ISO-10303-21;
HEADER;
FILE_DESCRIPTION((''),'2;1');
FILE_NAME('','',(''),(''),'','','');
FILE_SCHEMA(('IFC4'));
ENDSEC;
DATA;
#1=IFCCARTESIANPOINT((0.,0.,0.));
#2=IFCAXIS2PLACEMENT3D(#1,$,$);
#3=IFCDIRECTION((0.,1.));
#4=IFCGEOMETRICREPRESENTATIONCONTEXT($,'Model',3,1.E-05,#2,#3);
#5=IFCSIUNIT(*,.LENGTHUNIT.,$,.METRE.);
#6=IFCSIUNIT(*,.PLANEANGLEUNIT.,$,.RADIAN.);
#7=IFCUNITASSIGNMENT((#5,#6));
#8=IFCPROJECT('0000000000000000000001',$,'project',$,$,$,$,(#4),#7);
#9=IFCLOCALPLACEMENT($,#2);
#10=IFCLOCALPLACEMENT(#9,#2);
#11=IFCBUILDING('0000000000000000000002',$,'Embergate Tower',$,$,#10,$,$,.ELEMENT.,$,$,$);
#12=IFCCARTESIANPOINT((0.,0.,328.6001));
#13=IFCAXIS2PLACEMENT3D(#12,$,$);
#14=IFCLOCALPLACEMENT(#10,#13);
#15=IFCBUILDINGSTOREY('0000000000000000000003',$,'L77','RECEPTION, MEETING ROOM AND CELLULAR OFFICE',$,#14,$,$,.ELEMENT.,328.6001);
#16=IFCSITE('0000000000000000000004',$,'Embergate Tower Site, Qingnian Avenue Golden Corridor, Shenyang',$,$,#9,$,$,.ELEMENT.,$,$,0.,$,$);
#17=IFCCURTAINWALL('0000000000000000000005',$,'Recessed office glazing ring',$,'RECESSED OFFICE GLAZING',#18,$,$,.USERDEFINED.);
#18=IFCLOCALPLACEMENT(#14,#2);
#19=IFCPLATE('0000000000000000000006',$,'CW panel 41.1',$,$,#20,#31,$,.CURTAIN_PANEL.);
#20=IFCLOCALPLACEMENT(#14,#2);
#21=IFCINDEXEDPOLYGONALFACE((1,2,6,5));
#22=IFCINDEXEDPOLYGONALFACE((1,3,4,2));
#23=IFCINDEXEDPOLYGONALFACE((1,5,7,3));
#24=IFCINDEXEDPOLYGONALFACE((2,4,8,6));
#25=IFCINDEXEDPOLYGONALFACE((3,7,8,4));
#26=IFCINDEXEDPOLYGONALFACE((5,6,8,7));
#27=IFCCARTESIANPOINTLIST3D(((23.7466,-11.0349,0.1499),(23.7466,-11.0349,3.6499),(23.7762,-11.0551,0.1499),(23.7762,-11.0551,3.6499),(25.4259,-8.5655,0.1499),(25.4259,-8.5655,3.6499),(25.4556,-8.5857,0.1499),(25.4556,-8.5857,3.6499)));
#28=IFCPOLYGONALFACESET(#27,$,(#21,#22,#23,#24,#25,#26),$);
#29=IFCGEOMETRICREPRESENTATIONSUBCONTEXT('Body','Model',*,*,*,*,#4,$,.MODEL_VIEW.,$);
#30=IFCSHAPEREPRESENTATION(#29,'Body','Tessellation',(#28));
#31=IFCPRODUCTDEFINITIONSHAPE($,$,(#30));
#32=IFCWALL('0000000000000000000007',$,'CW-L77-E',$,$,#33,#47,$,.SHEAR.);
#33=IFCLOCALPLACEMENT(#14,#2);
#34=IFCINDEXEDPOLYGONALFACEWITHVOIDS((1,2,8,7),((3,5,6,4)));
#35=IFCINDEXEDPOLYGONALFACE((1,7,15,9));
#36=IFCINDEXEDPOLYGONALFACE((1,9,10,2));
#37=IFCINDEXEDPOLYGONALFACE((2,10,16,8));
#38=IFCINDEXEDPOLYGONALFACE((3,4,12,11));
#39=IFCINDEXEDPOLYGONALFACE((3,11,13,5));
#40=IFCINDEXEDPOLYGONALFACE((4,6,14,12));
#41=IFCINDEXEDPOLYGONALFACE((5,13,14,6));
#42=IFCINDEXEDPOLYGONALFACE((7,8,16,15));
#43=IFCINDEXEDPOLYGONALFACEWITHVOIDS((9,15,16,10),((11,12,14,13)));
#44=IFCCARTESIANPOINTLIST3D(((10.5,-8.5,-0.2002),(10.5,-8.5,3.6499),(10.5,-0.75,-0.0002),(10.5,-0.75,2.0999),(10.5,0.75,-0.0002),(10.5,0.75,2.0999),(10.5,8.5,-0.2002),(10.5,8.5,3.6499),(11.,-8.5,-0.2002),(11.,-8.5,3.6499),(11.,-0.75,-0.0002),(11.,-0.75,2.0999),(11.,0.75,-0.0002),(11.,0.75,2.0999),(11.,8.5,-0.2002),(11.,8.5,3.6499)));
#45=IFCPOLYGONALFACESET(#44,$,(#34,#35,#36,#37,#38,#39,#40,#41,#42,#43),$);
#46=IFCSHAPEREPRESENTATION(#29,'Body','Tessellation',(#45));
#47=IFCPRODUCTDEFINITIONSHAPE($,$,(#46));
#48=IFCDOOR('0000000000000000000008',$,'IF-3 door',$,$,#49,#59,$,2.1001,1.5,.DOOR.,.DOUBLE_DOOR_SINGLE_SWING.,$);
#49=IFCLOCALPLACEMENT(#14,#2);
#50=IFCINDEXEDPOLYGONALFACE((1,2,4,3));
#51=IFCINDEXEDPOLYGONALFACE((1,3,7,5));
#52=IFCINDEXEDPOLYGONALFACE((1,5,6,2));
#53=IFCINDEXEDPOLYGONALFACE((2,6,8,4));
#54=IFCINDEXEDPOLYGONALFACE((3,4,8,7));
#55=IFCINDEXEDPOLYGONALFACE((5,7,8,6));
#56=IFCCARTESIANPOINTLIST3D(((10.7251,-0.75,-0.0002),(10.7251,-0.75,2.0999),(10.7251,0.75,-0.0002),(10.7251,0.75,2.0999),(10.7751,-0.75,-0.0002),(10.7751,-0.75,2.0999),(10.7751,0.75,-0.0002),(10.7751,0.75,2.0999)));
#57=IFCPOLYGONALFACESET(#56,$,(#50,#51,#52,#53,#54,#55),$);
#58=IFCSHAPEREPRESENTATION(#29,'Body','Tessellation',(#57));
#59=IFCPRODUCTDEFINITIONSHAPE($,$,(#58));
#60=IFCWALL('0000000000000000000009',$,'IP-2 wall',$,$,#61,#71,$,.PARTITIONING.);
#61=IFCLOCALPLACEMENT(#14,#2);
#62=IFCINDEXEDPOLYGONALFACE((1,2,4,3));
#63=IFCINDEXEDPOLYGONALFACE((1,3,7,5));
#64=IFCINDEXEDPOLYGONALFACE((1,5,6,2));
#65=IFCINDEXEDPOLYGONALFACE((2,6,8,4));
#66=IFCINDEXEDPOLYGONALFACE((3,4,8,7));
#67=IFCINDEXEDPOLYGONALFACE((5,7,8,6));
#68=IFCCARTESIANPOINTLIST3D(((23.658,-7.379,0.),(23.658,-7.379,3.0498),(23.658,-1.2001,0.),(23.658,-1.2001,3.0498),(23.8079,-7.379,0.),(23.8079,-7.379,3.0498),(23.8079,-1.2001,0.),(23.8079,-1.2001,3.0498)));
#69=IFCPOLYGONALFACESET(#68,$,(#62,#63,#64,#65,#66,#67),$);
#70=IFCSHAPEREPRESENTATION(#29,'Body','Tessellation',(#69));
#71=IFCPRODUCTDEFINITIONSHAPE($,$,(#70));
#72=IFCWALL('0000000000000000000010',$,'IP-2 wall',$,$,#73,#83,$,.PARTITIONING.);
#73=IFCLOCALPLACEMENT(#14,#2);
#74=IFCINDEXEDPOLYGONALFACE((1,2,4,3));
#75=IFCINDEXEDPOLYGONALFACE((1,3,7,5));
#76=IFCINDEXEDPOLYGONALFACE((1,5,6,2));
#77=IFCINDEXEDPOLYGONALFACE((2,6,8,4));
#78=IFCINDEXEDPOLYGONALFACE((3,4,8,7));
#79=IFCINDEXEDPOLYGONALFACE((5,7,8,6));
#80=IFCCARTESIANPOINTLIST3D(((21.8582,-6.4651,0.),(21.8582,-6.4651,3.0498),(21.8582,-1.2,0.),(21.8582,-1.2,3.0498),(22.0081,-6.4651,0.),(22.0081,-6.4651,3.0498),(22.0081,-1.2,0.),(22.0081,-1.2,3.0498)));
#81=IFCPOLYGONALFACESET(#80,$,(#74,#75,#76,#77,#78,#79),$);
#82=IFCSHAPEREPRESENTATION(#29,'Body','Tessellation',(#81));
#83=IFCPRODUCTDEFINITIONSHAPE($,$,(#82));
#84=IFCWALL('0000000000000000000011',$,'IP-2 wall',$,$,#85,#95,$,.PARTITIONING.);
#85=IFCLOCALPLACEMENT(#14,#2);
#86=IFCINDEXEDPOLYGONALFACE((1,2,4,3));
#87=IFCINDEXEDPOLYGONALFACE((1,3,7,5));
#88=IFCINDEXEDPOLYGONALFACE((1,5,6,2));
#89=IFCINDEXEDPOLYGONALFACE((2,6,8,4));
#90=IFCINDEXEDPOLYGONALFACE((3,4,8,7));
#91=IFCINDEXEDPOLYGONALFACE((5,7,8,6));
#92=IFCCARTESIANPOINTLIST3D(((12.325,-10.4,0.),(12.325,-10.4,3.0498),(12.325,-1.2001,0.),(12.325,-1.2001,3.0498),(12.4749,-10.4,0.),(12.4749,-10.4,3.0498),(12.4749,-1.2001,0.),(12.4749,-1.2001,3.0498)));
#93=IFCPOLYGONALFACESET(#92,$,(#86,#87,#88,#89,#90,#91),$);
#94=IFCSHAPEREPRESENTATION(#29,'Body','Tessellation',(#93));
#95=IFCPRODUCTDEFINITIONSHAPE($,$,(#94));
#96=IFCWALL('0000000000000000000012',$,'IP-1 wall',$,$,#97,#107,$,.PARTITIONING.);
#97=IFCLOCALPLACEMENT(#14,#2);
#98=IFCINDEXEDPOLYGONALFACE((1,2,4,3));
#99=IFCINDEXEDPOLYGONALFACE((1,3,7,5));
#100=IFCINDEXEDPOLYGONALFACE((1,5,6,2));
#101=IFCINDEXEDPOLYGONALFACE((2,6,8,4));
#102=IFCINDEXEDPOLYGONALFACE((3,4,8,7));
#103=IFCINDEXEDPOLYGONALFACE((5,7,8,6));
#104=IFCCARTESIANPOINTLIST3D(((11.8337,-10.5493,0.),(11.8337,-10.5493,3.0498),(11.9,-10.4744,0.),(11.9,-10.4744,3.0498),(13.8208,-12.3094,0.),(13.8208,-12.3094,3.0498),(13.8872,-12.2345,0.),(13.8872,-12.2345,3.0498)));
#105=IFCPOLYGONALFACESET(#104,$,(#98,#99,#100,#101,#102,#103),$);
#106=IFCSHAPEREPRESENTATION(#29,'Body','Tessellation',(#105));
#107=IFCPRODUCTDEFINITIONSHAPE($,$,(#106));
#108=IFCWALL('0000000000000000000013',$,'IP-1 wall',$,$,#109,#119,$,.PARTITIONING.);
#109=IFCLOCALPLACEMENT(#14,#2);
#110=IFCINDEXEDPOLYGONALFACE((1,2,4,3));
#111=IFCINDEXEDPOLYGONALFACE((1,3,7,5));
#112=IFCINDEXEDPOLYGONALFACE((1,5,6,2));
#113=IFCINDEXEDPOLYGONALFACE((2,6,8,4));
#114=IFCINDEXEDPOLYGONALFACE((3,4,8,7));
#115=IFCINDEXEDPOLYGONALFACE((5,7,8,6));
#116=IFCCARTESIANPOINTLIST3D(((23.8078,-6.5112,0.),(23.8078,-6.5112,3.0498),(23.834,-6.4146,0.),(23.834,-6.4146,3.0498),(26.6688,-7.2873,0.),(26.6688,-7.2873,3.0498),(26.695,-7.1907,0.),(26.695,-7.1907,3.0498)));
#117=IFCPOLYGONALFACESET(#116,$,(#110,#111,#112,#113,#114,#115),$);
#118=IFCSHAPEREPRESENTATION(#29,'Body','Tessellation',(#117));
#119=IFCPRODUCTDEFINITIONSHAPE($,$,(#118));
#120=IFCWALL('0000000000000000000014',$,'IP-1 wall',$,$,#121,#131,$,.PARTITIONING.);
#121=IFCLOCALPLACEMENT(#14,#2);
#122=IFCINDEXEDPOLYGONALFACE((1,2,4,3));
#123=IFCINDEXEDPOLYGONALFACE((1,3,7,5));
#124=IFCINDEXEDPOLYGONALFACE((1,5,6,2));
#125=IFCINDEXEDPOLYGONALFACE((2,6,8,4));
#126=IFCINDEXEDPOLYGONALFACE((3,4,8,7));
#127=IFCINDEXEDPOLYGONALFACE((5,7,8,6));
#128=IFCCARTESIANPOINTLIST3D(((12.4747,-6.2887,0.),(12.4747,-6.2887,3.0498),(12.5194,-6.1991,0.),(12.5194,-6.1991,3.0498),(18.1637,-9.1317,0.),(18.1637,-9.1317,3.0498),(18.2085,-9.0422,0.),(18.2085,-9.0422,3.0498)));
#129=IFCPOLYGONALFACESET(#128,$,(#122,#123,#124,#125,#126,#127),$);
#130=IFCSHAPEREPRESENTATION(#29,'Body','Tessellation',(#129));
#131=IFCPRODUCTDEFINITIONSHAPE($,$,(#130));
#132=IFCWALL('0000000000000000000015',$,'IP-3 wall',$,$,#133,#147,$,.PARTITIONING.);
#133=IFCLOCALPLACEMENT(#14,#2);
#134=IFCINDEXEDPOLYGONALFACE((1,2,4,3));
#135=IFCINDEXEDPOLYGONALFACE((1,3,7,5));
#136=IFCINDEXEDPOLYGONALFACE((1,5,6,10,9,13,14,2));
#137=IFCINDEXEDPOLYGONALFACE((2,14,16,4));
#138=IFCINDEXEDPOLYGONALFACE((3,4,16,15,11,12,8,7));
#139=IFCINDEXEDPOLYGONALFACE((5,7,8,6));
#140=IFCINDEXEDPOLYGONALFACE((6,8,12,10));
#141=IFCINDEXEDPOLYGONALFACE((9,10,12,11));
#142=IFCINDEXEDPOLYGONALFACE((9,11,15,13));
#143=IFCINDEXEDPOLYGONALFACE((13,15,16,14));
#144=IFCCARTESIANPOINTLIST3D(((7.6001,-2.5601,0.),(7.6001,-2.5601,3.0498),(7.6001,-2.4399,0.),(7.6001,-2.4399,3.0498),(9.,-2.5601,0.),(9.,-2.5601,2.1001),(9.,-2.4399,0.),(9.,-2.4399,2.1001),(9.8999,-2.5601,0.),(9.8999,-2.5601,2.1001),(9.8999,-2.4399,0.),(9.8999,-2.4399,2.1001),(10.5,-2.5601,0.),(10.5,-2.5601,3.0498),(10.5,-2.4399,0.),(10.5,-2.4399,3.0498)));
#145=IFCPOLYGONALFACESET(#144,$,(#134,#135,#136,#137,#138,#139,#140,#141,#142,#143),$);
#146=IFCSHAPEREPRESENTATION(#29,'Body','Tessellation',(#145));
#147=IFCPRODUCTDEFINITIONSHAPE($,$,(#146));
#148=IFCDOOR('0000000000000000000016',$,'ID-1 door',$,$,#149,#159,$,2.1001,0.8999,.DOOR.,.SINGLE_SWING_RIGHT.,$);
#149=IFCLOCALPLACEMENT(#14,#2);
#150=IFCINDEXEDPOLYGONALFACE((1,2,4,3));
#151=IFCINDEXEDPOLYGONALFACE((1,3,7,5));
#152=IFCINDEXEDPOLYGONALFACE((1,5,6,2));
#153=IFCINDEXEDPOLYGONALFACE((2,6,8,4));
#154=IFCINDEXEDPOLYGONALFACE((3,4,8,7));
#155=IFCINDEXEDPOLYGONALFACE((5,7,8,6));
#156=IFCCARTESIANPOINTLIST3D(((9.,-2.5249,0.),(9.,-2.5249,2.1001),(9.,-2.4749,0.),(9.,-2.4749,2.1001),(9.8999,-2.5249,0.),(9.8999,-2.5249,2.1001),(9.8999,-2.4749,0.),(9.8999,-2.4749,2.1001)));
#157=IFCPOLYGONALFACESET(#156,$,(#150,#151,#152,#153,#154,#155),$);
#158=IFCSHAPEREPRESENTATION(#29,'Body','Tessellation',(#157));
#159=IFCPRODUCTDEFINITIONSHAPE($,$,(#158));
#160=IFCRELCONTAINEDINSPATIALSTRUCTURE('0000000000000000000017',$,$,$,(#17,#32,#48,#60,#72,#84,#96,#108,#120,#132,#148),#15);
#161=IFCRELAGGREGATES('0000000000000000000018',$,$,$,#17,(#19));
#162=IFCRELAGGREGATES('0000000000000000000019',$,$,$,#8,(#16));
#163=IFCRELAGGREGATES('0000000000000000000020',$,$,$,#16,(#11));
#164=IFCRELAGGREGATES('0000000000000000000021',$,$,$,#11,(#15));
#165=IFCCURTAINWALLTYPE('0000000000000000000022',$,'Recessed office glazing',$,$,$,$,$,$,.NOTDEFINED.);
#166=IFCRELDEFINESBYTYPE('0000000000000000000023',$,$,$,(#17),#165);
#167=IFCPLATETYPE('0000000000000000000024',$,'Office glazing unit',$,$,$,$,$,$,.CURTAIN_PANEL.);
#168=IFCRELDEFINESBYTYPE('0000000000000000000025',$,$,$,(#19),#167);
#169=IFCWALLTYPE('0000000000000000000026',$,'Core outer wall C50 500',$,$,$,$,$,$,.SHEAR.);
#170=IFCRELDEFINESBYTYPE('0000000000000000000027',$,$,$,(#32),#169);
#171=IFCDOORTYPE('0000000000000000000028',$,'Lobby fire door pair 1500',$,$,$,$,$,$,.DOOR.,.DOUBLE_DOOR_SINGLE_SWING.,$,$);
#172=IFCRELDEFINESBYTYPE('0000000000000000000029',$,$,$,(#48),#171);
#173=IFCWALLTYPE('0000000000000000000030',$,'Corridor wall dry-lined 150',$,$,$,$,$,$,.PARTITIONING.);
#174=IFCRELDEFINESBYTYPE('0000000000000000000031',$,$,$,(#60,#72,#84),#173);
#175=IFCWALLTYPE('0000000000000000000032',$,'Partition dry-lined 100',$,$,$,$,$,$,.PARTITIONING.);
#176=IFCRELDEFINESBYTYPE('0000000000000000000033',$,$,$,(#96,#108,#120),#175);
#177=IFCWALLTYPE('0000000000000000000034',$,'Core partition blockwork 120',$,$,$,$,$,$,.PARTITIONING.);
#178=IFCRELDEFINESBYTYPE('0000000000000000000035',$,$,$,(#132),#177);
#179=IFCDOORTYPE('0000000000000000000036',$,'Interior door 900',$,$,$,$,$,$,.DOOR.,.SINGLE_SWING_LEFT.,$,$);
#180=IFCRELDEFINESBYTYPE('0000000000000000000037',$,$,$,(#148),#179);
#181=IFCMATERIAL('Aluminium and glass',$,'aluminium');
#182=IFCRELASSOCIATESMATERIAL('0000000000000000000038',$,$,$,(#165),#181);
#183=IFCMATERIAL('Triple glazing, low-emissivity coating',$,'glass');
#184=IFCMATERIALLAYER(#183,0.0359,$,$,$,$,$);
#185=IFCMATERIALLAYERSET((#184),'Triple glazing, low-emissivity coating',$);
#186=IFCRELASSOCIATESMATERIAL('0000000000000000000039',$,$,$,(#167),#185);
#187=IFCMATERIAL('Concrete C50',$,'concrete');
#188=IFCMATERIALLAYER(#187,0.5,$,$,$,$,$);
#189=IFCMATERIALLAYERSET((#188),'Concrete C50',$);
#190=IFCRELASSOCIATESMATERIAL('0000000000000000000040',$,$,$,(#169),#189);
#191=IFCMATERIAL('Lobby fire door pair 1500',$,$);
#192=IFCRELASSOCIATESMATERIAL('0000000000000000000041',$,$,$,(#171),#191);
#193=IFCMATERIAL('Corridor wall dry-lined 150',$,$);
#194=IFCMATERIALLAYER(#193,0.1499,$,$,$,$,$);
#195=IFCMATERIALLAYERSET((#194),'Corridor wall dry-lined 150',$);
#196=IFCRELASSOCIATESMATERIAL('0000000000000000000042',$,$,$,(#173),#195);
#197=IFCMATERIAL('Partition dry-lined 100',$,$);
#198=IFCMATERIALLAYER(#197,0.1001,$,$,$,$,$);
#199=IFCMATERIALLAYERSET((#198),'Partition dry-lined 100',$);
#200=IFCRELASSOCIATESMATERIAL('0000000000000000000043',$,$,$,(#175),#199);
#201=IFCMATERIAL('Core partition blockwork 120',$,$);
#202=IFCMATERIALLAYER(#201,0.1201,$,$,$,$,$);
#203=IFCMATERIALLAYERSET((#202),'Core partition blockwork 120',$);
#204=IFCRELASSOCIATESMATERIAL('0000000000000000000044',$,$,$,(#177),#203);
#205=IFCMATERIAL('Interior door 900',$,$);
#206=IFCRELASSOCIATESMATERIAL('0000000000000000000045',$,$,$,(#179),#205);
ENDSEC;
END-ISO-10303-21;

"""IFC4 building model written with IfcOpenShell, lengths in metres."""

from ifc_helpers import new_model, si_unit, direction, frame, frame_2d, origin, origin_2d, place, context, subcontext, project, spatial, rectangle, extrude, source, transform, mapped, material, layer, layer_set, type_object, element, fill, aggregate, save


model = new_model("IFC4")

# Units and contexts
model_context = context("Model", 3, precision=1e-05, world=origin(), true_north=direction((0.0, 1.0)))
body_context = subcontext(model_context, "Body", "Model", "MODEL_VIEW")
ifc_project = project(units=[si_unit("LENGTHUNIT", "METRE"), si_unit("PLANEANGLEUNIT", "RADIAN")], contexts=[model_context])

# Site, building, storey
site_placement = place(None, origin())
site = spatial("IfcSite", under=ifc_project, at=site_placement, Name="Embergate Tower Site, Qingnian Avenue Golden Corridor, Shenyang", CompositionType="ELEMENT", RefElevation=0.0)
building_placement = place(site_placement, origin())
building = spatial("IfcBuilding", under=site, at=building_placement, Name="Embergate Tower", CompositionType="ELEMENT")
storey_placement = place(building_placement, frame((0.0, 0.0, 328.6001)))
storey = spatial("IfcBuildingStorey", under=building, at=storey_placement, Name="L77", Description="RECEPTION, MEETING ROOM AND CELLULAR OFFICE", CompositionType="ELEMENT", Elevation=328.6001)

# Shared definitions
ifc_material_1 = material(Name="Concrete C50", Category="concrete")

# Curtain wall, plate
ifc_material_2 = material(Name="Aluminium and glass", Category="aluminium")
curtain_wall_type = type_object("IfcCurtainWallType", Name="Recessed office glazing", PredefinedType="NOTDEFINED", material=ifc_material_2)
curtain_wall_placement = place(storey_placement, origin())
curtain_wall = element("IfcCurtainWall", 1, at=curtain_wall_placement, inside=storey, type_object=curtain_wall_type, Name="Recessed office glazing ring", ObjectType="RECESSED OFFICE GLAZING", PredefinedType="USERDEFINED")
ifc_material_3 = material(Name="Triple glazing, low-emissivity coating", Category="glass")
ifc_layer_1 = layer(ifc_material_3, 0.0359)
ifc_layer_set_1 = layer_set([ifc_layer_1], Name="Triple glazing, low-emissivity coating")
plate_type = type_object("IfcPlateType", Name="Office glazing unit", PredefinedType="CURTAIN_PANEL", material=ifc_layer_set_1)
shared_shape_1 = source(origin(), body_context, "Body", "SweptSolid", [
    extrude(rectangle(XDim=2.9863, YDim=0.0359, at=origin_2d()), origin(), (0.0, 0.0, 1.0), 3.5),
])
plate_1_placement = place(storey_placement, frame((24.6011, -9.8103, 0.1499), z_axis=(0.0, 0.0, 1.0), x_axis=(0.562348, 0.826901, 0.0)))
plate_1 = element("IfcPlate", 2, at=plate_1_placement, type_object=plate_type, Name="CW panel 41.1", PredefinedType="CURTAIN_PANEL", context=body_context, shape_type="MappedRepresentation", body=[
    mapped(shared_shape_1, transform((0.0, 0.0, 0.0))),
])
aggregate(curtain_wall, [plate_1])

# Wall, opening, door
ifc_layer_2 = layer(ifc_material_1, 0.5)
ifc_layer_set_2 = layer_set([ifc_layer_2], Name="Concrete C50")
wall_type_1 = type_object("IfcWallType", Name="Core outer wall C50 500", PredefinedType="SHEAR", material=ifc_layer_set_2)
shared_shape_2 = source(origin(), body_context, "Body", "SweptSolid", [
    extrude(rectangle(XDim=17.0, YDim=0.5, at=frame_2d((8.5, 0.0))), origin(), (0.0, 0.0, 1.0), 3.8501),
])
wall_1_placement = place(storey_placement, frame((10.75, -8.5, -0.2002), z_axis=(0.0, 0.0, 1.0), x_axis=(0.0, 1.0, 0.0)))
wall_1 = element("IfcWall", 3, at=wall_1_placement, inside=storey, type_object=wall_type_1, Name="CW-L77-E", PredefinedType="SHEAR", context=body_context, shape_type="MappedRepresentation", body=[
    mapped(shared_shape_2, transform((0.0, 0.0, 0.0))),
])
shared_shape_3 = source(origin(), body_context, "Body", "SweptSolid", [
    extrude(rectangle(XDim=1.5, YDim=2.1001, at=frame_2d((0.75, 1.05))), frame((0.0, 0.26, 0.0), z_axis=(0.0, -1.0, 0.0), x_axis=(1.0, 0.0, 0.0)), (0.0, 0.0, 1.0), 0.52),
])
opening_1_placement = place(wall_1_placement, frame((7.75, 0.0, 0.2)))
opening_1 = element("IfcOpeningElement", 4, at=opening_1_placement, cuts=wall_1, PredefinedType="OPENING", context=body_context, shape_type="MappedRepresentation", body=[
    mapped(shared_shape_3, transform((0.0, 0.0, 0.0))),
])
ifc_material_4 = material(Name="Lobby fire door pair 1500")
door_type_1 = type_object("IfcDoorType", Name="Lobby fire door pair 1500", OperationType="DOUBLE_DOOR_SINGLE_SWING", PredefinedType="DOOR", material=ifc_material_4)
shared_shape_4 = source(origin(), body_context, "Body", "SweptSolid", [
    extrude(rectangle(XDim=1.5, YDim=2.1001, at=frame_2d((0.75, 1.05))), frame((0.0, 0.0249, 0.0), z_axis=(0.0, -1.0, 0.0), x_axis=(1.0, 0.0, 0.0)), (0.0, 0.0, 1.0), 0.05),
])
door_1_placement = place(opening_1_placement, origin())
door_1 = element("IfcDoor", 5, at=door_1_placement, inside=storey, type_object=door_type_1, Name="IF-3 door", OperationType="DOUBLE_DOOR_SINGLE_SWING", OverallHeight=2.1001, OverallWidth=1.5, PredefinedType="DOOR", context=body_context, shape_type="MappedRepresentation", body=[
    mapped(shared_shape_4, transform((0.0, 0.0, 0.0))),
])
fill(opening_1, door_1)

# Walls
ifc_material_5 = material(Name="Corridor wall dry-lined 150")
ifc_layer_3 = layer(ifc_material_5, 0.1499)
ifc_layer_set_3 = layer_set([ifc_layer_3], Name="Corridor wall dry-lined 150")
wall_type_2 = type_object("IfcWallType", Name="Corridor wall dry-lined 150", PredefinedType="PARTITIONING", material=ifc_layer_set_3)
shared_shape_5 = source(origin(), body_context, "Body", "SweptSolid", [
    extrude(rectangle(XDim=6.179, YDim=0.1499, at=frame_2d((3.0894, 0.0))), origin(), (0.0, 0.0, 1.0), 3.0498),
])
wall_2_placement = place(storey_placement, frame((23.7329, -7.3789, 0.0), z_axis=(0.0, 0.0, 1.0), x_axis=(0.0, 1.0, 0.0)))
element("IfcWall", 6, at=wall_2_placement, inside=storey, type_object=wall_type_2, Name="IP-2 wall", PredefinedType="PARTITIONING", context=body_context, shape_type="MappedRepresentation", body=[
    mapped(shared_shape_5, transform((0.0, 0.0, 0.0))),
])
shared_shape_6 = source(origin(), body_context, "Body", "SweptSolid", [
    extrude(rectangle(XDim=5.2651, YDim=0.1499, at=frame_2d((2.6326, 0.0))), origin(), (0.0, 0.0, 1.0), 3.0498),
])
wall_3_placement = place(storey_placement, frame((21.9331, -6.4651, 0.0), z_axis=(0.0, 0.0, 1.0), x_axis=(0.0, 1.0, 0.0)))
element("IfcWall", 7, at=wall_3_placement, inside=storey, type_object=wall_type_2, Name="IP-2 wall", PredefinedType="PARTITIONING", context=body_context, shape_type="MappedRepresentation", body=[
    mapped(shared_shape_6, transform((0.0, 0.0, 0.0))),
])
shared_shape_7 = source(origin(), body_context, "Body", "SweptSolid", [
    extrude(rectangle(XDim=9.2, YDim=0.1499, at=frame_2d((4.6001, 0.0))), origin(), (0.0, 0.0, 1.0), 3.0498),
])
wall_4_placement = place(storey_placement, frame((12.3999, -1.2, 0.0), z_axis=(0.0, 0.0, 1.0), x_axis=(0.0, -1.0, 0.0)))
element("IfcWall", 8, at=wall_4_placement, inside=storey, type_object=wall_type_2, Name="IP-2 wall", PredefinedType="PARTITIONING", context=body_context, shape_type="MappedRepresentation", body=[
    mapped(shared_shape_7, transform((0.0, 0.0, 0.0))),
])
ifc_material_6 = material(Name="Partition dry-lined 100")
ifc_layer_4 = layer(ifc_material_6, 0.1001)
ifc_layer_set_4 = layer_set([ifc_layer_4], Name="Partition dry-lined 100")
wall_type_3 = type_object("IfcWallType", Name="Partition dry-lined 100", PredefinedType="PARTITIONING", material=ifc_layer_set_4)
shared_shape_8 = source(origin(), body_context, "Body", "SweptSolid", [
    extrude(rectangle(XDim=2.6545, YDim=0.1001, at=frame_2d((1.3271, 0.0))), origin(), (0.0, 0.0, 1.0), 3.0498),
])
wall_5_placement = place(storey_placement, frame((11.8669, -10.512, 0.0), z_axis=(0.0, 0.0, 1.0), x_axis=(0.74858, -0.663044, 0.0)))
element("IfcWall", 9, at=wall_5_placement, inside=storey, type_object=wall_type_3, Name="IP-1 wall", PredefinedType="PARTITIONING", context=body_context, shape_type="MappedRepresentation", body=[
    mapped(shared_shape_8, transform((0.0, 0.0, 0.0))),
])
shared_shape_9 = source(origin(), body_context, "Body", "SweptSolid", [
    extrude(rectangle(XDim=2.9644, YDim=0.1001, at=frame_2d((1.4822, 0.0))), origin(), (0.0, 0.0, 1.0), 3.0498),
])
wall_6_placement = place(storey_placement, frame((26.6819, -7.239, 0.0), z_axis=(0.0, 0.0, 1.0), x_axis=(-0.965115, 0.261828, 0.0)))
element("IfcWall", 10, at=wall_6_placement, inside=storey, type_object=wall_type_3, Name="IP-1 wall", PredefinedType="PARTITIONING", context=body_context, shape_type="MappedRepresentation", body=[
    mapped(shared_shape_9, transform((0.0, 0.0, 0.0))),
])
shared_shape_10 = source(origin(), body_context, "Body", "SweptSolid", [
    extrude(rectangle(XDim=6.3599, YDim=0.1001, at=frame_2d((3.1799, 0.0))), origin(), (0.0, 0.0, 1.0), 3.0498),
])
wall_7_placement = place(storey_placement, frame((12.4971, -6.2439, 0.0), z_axis=(0.0, 0.0, 1.0), x_axis=(0.894519, -0.447029, 0.0)))
element("IfcWall", 11, at=wall_7_placement, inside=storey, type_object=wall_type_3, Name="IP-1 wall", PredefinedType="PARTITIONING", context=body_context, shape_type="MappedRepresentation", body=[
    mapped(shared_shape_10, transform((0.0, 0.0, 0.0))),
])

# Wall, opening, door
ifc_material_7 = material(Name="Core partition blockwork 120")
ifc_layer_5 = layer(ifc_material_7, 0.1201)
ifc_layer_set_5 = layer_set([ifc_layer_5], Name="Core partition blockwork 120")
wall_type_4 = type_object("IfcWallType", Name="Core partition blockwork 120", PredefinedType="PARTITIONING", material=ifc_layer_set_5)
shared_shape_11 = source(origin(), body_context, "Body", "SweptSolid", [
    extrude(rectangle(XDim=2.8999, YDim=0.1201, at=frame_2d((1.45, 0.0))), origin(), (0.0, 0.0, 1.0), 3.0498),
])
wall_8_placement = place(storey_placement, frame((10.5, -2.5, 0.0), z_axis=(0.0, 0.0, 1.0), x_axis=(-1.0, 0.0, 0.0)))
wall_8 = element("IfcWall", 12, at=wall_8_placement, inside=storey, type_object=wall_type_4, Name="IP-3 wall", PredefinedType="PARTITIONING", context=body_context, shape_type="MappedRepresentation", body=[
    mapped(shared_shape_11, transform((0.0, 0.0, 0.0))),
])
shared_shape_12 = source(origin(), body_context, "Body", "SweptSolid", [
    extrude(rectangle(XDim=0.8999, YDim=2.1001, at=frame_2d((0.45, 1.05))), frame((0.0, 0.0701, 0.0), z_axis=(0.0, -1.0, 0.0), x_axis=(1.0, 0.0, 0.0)), (0.0, 0.0, 1.0), 0.1401),
])
opening_2_placement = place(wall_8_placement, frame((0.6001, 0.0, 0.0)))
opening_2 = element("IfcOpeningElement", 13, at=opening_2_placement, cuts=wall_8, PredefinedType="OPENING", context=body_context, shape_type="MappedRepresentation", body=[
    mapped(shared_shape_12, transform((0.0, 0.0, 0.0))),
])
ifc_material_8 = material(Name="Interior door 900")
door_type_2 = type_object("IfcDoorType", Name="Interior door 900", OperationType="SINGLE_SWING_LEFT", PredefinedType="DOOR", material=ifc_material_8)
shared_shape_13 = source(origin(), body_context, "Body", "SweptSolid", [
    extrude(rectangle(XDim=0.8999, YDim=2.1001, at=frame_2d((0.45, 1.05))), frame((0.0, 0.0249, 0.0), z_axis=(0.0, -1.0, 0.0), x_axis=(1.0, 0.0, 0.0)), (0.0, 0.0, 1.0), 0.05),
])
door_2_placement = place(opening_2_placement, origin())
door_2 = element("IfcDoor", 14, at=door_2_placement, inside=storey, type_object=door_type_2, Name="ID-1 door", OperationType="SINGLE_SWING_RIGHT", OverallHeight=2.1001, OverallWidth=0.8999, PredefinedType="DOOR", context=body_context, shape_type="MappedRepresentation", body=[
    mapped(shared_shape_13, transform((0.0, 0.0, 0.0))),
])
fill(opening_2, door_2)

save(model, "model.ifc")
